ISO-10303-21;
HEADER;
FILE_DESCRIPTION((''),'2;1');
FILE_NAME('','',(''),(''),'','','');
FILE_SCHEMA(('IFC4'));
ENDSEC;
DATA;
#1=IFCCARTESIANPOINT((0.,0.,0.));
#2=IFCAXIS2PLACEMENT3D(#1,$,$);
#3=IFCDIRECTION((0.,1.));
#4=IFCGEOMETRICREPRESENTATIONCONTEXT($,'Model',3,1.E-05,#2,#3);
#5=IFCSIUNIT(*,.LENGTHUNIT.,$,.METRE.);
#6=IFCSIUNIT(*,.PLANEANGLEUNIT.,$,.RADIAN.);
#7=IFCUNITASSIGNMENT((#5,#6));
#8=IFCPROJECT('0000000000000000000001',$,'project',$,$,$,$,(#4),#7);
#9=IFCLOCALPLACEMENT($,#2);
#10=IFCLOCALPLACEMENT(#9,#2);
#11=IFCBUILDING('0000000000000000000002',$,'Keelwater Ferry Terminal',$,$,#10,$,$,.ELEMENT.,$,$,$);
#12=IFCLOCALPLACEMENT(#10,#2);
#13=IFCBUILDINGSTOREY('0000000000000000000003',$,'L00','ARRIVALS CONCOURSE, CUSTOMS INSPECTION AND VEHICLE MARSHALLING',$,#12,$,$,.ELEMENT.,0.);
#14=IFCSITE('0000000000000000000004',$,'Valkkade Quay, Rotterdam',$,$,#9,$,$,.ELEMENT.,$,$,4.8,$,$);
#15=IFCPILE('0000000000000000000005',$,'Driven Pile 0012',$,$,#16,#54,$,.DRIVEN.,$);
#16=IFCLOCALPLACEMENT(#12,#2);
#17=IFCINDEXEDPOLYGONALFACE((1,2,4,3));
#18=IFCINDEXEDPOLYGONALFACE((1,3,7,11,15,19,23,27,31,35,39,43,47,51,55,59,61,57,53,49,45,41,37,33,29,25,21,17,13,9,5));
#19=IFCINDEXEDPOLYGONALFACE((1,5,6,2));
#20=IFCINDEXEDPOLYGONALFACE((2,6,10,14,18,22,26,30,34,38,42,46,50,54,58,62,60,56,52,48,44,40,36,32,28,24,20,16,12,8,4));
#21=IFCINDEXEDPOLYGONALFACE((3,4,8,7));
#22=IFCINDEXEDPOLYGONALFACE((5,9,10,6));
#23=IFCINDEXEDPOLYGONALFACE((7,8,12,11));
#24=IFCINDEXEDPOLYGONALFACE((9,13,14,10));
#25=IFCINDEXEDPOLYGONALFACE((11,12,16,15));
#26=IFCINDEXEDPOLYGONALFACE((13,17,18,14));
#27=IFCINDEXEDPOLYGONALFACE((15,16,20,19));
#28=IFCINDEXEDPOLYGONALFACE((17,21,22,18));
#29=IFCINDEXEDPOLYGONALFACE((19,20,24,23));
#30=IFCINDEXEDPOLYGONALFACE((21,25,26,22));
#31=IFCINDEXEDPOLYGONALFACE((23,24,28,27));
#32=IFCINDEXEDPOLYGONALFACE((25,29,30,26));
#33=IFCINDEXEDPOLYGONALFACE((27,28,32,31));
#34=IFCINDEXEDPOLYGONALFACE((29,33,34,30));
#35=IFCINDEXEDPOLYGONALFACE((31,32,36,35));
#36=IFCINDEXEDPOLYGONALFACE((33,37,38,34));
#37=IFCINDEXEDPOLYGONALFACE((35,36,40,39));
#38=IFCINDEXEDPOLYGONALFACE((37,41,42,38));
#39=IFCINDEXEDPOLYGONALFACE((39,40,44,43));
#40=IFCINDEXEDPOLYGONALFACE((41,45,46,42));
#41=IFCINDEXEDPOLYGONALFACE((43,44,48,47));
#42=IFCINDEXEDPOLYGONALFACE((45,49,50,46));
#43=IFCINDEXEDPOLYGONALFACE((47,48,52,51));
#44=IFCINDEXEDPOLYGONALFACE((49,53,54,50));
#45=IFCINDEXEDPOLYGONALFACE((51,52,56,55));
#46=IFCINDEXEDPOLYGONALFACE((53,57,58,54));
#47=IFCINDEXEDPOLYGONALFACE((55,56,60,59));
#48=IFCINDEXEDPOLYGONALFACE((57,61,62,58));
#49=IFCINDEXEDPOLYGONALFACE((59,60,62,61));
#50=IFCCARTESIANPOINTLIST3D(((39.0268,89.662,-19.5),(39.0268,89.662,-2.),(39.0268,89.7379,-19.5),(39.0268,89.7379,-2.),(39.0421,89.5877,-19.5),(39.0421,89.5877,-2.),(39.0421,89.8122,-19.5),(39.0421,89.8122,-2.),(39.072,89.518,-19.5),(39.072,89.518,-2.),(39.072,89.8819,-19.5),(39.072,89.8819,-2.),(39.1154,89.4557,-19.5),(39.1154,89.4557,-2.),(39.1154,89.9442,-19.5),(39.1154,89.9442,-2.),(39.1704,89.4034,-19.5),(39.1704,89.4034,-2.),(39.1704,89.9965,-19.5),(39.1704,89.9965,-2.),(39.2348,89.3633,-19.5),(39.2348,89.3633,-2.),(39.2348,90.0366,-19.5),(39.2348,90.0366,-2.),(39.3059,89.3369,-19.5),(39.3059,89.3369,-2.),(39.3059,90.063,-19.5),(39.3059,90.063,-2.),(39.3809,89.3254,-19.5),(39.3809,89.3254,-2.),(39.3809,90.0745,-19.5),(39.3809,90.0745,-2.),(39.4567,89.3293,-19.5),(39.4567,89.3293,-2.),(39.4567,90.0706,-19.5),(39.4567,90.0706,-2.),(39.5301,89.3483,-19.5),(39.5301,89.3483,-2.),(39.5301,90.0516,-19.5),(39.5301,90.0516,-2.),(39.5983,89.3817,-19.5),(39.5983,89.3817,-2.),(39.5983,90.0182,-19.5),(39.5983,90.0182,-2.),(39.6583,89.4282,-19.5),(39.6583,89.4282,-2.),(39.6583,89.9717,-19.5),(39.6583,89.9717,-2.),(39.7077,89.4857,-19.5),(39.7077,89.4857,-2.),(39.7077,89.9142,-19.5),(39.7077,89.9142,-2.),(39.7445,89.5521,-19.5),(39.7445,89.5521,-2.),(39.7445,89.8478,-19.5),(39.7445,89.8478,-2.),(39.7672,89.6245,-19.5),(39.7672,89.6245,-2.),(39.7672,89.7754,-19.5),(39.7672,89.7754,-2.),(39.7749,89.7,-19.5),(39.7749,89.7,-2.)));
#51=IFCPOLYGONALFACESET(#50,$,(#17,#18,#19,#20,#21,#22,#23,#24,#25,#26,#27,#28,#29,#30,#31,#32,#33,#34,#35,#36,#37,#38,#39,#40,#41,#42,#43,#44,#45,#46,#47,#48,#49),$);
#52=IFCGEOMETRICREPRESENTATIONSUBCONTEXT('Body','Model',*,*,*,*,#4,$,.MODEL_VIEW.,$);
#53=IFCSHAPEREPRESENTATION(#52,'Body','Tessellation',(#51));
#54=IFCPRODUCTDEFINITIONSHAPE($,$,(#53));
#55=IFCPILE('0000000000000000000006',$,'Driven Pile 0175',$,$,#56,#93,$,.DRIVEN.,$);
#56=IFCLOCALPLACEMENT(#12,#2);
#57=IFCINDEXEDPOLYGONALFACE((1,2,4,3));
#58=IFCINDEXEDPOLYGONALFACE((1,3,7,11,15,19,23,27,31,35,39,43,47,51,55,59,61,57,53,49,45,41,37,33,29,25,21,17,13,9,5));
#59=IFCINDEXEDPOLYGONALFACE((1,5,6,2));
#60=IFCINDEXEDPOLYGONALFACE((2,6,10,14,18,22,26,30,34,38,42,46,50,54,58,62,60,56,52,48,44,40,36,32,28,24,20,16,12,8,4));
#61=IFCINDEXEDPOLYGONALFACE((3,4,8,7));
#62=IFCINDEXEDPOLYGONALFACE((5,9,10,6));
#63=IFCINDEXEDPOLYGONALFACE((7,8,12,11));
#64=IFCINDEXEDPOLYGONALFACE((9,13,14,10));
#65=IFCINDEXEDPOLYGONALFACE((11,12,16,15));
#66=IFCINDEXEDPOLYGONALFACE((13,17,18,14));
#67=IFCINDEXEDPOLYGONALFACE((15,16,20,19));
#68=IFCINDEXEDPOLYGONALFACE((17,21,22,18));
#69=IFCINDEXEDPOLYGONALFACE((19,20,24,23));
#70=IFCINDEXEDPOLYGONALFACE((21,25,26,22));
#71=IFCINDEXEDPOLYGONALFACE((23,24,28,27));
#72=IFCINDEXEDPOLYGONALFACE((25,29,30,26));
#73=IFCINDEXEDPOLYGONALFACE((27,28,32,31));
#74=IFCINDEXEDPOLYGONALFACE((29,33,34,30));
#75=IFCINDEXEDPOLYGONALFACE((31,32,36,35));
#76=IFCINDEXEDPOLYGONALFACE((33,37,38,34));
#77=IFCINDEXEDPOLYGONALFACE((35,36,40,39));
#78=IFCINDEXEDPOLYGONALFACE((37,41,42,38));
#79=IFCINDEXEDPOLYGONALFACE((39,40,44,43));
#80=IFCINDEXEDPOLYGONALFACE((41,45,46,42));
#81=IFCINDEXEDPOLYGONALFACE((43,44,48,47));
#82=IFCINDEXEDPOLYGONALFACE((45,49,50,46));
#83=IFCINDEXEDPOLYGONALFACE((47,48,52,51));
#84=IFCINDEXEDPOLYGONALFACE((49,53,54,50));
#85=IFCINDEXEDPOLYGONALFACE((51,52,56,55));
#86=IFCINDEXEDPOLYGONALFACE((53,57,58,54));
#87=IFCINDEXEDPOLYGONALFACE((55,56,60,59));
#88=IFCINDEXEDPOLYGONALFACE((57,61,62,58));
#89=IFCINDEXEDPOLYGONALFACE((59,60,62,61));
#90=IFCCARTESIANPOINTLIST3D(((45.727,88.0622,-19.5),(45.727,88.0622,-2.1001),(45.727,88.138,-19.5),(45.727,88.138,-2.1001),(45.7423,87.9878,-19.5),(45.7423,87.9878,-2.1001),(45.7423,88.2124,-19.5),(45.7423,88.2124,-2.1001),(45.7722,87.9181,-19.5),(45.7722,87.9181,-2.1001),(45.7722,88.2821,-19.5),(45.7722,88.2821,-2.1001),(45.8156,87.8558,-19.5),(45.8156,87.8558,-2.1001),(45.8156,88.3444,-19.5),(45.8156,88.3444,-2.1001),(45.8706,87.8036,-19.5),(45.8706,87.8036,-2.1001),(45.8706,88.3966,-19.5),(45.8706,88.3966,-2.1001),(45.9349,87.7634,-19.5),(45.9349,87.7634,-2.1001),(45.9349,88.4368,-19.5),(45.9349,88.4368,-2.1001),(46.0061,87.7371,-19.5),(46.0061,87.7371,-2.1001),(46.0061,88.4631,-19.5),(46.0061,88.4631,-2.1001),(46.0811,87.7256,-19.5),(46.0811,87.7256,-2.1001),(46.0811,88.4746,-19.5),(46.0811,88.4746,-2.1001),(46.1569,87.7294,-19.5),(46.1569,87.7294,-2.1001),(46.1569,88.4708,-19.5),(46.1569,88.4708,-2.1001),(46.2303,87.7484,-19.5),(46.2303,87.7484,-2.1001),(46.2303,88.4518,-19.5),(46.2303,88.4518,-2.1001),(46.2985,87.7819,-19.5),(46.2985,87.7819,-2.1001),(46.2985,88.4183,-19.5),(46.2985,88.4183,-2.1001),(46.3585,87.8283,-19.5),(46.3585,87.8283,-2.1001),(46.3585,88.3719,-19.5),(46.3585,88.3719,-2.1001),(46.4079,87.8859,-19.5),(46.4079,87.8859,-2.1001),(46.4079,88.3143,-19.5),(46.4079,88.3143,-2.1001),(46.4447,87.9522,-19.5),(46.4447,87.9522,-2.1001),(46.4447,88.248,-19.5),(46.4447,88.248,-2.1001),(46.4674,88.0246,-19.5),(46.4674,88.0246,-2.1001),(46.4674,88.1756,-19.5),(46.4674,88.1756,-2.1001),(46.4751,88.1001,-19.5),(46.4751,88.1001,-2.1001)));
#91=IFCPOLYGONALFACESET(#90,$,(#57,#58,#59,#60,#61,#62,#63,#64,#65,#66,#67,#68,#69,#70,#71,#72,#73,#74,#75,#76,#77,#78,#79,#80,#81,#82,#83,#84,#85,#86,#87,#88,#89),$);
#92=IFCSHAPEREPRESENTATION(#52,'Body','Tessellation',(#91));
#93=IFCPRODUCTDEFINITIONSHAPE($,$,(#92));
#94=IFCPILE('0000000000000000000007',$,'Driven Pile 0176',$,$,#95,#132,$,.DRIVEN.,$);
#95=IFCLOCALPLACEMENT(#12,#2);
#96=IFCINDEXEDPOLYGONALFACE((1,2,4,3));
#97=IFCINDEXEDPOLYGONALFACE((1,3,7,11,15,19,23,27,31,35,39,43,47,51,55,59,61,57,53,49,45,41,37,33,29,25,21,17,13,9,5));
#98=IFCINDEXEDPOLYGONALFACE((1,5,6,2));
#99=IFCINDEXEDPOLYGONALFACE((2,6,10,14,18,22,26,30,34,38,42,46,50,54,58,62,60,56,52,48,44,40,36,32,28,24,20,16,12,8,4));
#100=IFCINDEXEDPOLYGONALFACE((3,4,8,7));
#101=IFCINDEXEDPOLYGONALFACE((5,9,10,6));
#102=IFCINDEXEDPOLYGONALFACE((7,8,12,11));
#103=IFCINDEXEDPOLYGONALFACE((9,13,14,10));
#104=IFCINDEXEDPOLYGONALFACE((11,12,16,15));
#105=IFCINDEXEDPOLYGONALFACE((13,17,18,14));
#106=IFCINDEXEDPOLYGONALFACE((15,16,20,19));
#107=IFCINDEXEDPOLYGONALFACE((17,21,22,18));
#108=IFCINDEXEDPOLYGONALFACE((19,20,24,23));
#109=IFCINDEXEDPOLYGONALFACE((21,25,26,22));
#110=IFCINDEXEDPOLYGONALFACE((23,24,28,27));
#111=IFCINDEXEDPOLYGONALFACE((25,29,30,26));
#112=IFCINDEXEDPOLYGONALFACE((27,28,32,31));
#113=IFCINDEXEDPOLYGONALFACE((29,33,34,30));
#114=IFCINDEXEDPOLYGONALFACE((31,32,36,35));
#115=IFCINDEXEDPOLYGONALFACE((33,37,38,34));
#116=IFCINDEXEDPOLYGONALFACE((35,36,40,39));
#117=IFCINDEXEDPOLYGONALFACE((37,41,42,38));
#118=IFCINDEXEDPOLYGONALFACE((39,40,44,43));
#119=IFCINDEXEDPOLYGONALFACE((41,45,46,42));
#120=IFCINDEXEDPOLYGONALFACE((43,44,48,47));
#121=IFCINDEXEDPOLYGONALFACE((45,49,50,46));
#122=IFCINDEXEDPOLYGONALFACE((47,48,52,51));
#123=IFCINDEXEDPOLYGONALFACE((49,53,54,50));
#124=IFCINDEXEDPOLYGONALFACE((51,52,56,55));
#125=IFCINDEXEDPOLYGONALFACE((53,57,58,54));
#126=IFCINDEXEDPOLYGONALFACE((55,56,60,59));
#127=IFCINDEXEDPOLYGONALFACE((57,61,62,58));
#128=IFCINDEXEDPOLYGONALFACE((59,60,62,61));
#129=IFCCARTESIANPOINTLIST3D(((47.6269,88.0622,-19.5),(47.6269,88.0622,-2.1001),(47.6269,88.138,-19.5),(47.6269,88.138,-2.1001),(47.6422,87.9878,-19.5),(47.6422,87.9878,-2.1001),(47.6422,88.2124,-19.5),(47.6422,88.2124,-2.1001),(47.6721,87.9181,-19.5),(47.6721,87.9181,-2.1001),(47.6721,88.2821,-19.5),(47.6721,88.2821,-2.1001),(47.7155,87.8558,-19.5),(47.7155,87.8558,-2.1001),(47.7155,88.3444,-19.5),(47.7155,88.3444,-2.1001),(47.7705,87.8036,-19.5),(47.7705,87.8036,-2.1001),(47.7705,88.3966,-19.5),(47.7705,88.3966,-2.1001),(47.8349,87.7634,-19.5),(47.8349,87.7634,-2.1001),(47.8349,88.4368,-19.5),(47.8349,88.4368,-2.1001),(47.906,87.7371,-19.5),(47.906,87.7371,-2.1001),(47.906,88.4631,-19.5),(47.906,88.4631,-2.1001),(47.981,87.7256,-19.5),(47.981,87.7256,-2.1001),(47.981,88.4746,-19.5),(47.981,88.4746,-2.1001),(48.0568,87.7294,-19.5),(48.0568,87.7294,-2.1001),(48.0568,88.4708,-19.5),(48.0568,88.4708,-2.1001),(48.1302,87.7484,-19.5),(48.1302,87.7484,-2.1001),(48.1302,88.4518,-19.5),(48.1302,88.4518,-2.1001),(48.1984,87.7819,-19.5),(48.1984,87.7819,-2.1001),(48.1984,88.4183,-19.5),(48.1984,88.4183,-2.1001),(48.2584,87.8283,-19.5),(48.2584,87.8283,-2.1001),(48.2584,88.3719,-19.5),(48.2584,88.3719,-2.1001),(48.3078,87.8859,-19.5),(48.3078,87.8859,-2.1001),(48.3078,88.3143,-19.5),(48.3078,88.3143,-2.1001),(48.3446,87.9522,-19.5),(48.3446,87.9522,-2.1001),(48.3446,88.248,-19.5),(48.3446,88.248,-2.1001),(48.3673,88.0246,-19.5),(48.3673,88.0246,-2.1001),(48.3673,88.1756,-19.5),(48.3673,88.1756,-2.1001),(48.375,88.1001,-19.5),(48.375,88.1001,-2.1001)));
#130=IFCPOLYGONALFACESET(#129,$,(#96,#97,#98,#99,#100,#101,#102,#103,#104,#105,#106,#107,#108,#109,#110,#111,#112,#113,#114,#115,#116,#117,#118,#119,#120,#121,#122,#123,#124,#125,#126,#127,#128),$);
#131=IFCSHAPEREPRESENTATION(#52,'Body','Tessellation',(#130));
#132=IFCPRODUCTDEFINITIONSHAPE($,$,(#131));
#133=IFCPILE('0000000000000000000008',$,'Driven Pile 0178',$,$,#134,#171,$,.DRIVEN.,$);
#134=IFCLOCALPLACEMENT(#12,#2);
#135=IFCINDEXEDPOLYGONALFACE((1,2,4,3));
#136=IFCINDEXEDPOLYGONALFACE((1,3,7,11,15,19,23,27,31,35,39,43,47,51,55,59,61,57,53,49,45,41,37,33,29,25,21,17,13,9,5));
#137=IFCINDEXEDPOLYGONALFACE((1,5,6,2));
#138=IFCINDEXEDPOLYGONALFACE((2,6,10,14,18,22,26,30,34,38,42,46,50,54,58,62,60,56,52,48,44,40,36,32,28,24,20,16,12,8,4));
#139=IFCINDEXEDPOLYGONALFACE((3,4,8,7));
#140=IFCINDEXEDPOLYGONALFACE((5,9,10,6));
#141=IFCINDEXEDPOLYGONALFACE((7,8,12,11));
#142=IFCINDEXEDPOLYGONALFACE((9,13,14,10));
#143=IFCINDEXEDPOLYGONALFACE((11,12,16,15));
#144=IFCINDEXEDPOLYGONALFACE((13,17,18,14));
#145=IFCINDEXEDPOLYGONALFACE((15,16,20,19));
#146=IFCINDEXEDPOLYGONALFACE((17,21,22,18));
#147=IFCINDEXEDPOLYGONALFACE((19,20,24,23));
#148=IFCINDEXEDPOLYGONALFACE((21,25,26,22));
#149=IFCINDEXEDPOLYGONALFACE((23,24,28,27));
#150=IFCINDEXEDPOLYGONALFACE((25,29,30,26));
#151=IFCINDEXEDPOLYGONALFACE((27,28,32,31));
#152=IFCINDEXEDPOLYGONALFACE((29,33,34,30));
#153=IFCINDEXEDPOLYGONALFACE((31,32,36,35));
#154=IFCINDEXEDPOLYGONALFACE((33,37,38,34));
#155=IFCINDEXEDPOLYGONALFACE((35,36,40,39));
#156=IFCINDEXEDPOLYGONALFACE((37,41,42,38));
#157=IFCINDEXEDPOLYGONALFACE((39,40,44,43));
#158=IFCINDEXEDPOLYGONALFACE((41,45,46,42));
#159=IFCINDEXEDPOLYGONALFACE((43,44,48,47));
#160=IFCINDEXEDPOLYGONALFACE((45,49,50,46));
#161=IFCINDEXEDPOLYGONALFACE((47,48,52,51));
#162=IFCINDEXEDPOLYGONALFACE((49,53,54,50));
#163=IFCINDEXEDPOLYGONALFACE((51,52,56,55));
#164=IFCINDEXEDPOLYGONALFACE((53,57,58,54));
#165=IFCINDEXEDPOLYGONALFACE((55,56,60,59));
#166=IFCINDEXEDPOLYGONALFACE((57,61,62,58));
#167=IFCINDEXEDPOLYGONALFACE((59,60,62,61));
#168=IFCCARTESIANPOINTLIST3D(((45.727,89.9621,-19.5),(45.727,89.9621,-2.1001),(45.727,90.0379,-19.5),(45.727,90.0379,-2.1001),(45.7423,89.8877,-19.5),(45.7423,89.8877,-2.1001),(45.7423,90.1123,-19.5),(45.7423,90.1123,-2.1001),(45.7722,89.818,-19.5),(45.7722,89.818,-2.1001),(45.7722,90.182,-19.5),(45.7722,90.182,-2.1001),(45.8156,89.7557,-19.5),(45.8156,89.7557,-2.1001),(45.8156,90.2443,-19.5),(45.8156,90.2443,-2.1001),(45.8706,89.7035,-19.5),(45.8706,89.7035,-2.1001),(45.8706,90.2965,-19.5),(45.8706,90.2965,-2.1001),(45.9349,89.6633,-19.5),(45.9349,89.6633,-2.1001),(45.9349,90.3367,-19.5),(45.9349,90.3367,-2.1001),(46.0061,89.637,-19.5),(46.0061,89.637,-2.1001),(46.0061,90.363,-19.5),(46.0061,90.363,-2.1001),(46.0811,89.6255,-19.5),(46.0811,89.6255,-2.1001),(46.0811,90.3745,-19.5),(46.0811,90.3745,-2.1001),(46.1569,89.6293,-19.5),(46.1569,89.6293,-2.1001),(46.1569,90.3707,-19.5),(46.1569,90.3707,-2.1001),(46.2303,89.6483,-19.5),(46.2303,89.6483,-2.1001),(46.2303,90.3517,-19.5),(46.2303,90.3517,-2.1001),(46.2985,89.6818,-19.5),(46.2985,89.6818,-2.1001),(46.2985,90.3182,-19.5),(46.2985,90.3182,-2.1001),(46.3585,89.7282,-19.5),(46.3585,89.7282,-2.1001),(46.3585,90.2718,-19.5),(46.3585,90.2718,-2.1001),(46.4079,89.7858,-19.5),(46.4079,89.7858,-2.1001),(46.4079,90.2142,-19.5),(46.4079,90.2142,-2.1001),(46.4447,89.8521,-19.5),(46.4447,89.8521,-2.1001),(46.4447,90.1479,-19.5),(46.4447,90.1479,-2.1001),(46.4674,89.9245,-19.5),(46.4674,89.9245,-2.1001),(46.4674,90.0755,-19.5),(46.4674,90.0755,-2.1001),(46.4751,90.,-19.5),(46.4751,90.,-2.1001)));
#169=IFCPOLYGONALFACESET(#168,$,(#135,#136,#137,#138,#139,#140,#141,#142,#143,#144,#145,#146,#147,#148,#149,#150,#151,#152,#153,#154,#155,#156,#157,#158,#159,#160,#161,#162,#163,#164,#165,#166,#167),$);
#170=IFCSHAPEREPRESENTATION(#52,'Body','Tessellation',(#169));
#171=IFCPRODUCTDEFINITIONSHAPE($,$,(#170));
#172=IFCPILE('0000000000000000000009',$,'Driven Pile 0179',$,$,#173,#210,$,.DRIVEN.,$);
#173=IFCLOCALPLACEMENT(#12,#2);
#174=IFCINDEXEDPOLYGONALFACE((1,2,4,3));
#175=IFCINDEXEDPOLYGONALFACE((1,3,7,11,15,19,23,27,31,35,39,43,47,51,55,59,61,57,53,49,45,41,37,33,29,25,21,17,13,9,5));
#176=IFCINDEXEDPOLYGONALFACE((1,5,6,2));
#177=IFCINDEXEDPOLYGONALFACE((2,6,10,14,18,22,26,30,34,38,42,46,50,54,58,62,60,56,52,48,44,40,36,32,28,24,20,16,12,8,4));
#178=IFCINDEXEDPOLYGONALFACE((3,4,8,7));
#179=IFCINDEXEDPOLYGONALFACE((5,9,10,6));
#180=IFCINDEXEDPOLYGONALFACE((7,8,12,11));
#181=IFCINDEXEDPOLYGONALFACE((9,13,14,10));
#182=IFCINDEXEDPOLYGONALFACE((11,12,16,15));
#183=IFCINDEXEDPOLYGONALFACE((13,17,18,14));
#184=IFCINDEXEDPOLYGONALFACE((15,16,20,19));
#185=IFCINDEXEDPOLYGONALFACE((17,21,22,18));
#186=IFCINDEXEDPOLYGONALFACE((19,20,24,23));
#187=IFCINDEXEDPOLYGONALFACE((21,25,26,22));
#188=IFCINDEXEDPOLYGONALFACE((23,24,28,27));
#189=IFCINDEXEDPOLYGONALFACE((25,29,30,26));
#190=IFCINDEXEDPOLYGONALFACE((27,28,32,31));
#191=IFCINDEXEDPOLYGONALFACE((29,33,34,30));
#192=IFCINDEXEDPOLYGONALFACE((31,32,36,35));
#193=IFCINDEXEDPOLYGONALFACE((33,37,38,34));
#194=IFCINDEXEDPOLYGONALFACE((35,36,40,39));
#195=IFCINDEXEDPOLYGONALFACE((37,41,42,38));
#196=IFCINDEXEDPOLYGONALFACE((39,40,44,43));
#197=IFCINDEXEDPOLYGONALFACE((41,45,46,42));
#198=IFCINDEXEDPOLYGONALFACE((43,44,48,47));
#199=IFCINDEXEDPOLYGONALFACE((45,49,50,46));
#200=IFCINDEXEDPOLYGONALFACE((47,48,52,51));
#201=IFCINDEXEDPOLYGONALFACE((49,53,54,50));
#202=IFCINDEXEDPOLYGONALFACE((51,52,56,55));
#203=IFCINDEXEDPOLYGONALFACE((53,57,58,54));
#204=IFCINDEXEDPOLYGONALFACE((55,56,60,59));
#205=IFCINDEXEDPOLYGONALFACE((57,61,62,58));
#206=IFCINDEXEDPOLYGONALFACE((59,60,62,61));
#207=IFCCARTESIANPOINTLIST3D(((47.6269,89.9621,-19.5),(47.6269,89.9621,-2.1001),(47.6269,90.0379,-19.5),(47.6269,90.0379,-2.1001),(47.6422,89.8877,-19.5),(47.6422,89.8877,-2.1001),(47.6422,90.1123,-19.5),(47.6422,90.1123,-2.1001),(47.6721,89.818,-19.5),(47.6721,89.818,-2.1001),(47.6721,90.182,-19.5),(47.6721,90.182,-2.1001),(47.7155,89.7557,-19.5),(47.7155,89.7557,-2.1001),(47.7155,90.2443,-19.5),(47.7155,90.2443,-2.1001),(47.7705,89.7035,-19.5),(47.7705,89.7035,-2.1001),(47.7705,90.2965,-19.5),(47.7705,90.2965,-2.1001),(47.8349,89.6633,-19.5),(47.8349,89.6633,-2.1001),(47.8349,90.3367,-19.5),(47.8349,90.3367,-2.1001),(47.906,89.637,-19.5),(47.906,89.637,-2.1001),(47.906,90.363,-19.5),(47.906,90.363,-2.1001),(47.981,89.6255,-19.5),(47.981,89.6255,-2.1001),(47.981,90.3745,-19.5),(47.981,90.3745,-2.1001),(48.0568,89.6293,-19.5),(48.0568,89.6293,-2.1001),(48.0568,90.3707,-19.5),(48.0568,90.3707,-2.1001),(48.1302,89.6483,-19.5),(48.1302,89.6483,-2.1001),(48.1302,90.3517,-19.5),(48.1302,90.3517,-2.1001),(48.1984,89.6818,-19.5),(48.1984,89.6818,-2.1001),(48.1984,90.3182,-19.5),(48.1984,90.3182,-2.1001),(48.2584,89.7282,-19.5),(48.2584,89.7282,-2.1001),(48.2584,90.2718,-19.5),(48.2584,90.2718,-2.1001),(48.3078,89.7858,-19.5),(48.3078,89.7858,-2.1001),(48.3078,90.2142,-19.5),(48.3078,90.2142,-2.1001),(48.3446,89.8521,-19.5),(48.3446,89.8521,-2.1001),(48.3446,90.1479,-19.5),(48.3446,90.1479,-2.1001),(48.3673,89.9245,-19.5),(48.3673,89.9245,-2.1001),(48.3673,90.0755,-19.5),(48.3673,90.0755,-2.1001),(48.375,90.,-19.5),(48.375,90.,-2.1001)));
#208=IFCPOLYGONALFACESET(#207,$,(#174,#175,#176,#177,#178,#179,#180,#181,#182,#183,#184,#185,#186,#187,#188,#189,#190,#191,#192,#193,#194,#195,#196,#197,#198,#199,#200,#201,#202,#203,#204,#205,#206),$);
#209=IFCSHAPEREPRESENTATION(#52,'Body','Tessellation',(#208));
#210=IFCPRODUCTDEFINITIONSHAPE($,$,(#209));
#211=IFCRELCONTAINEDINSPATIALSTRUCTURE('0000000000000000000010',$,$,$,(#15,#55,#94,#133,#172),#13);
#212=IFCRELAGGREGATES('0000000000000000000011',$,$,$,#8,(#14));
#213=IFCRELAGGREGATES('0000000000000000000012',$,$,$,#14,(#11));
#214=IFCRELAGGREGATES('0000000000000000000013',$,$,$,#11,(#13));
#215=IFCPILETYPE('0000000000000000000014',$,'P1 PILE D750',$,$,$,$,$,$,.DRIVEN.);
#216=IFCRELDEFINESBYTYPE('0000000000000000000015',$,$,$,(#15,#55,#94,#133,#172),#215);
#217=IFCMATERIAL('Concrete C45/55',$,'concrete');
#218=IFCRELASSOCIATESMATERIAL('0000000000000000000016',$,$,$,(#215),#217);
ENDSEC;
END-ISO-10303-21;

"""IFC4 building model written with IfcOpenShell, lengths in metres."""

from ifc_helpers import new_model, si_unit, direction, frame, origin, origin_2d, place, context, subcontext, project, spatial, circle, extrude, material, material_profile, profile_set, type_object, element, save


model = new_model("IFC4")

# Units and contexts
model_context = context("Model", 3, precision=1e-05, world=origin(), true_north=direction((0.0, 1.0)))
body_context = subcontext(model_context, "Body", "Model", "MODEL_VIEW")
ifc_project = project(units=[si_unit("LENGTHUNIT", "METRE"), si_unit("PLANEANGLEUNIT", "RADIAN")], contexts=[model_context])

# Site, building, storey
site_placement = place(None, origin())
site = spatial("IfcSite", under=ifc_project, at=site_placement, Name="Valkkade Quay, Rotterdam", CompositionType="ELEMENT", RefElevation=4.8)
building_placement = place(site_placement, origin())
building = spatial("IfcBuilding", under=site, at=building_placement, Name="Keelwater Ferry Terminal", CompositionType="ELEMENT")
storey_placement = place(building_placement, origin())
storey = spatial("IfcBuildingStorey", under=building, at=storey_placement, Name="L00", Description="ARRIVALS CONCOURSE, CUSTOMS INSPECTION AND VEHICLE MARSHALLING", CompositionType="ELEMENT", Elevation=0.0)

# Piles
ifc_material_1 = material(Name="Concrete C45/55", Category="concrete")
ifc_material_profile_1 = material_profile(ifc_material_1, circle(Radius=0.375, at=origin_2d()), Name="PILE D750")
ifc_profile_set_1 = profile_set([ifc_material_profile_1], Name="Concrete C45/55")
pile_type = type_object("IfcPileType", Name="P1 PILE D750", PredefinedType="DRIVEN", material=ifc_profile_set_1)
for number, where, z_axis, x_axis, name in (
    (1, (39.3999, 89.7, -2.0), (0.0, 0.0, -1.0), (1.0, 0.0, 0.0), "Driven Pile 0012"),
):
    element("IfcPile", number, at=place(storey_placement, frame(where, z_axis=z_axis, x_axis=x_axis)), inside=storey, type_object=pile_type, Name=name, PredefinedType="DRIVEN", context=body_context, shape_type="SweptSolid", body=[
        extrude(circle(Radius=0.375, at=origin_2d()), origin(), (0.0, 0.0, 1.0), 17.5),
    ])
for number, where, z_axis, x_axis, name in (
    (2, (46.1001, 88.1001, -2.1001), (0.0, 0.0, -1.0), (1.0, 0.0, 0.0), "Driven Pile 0175"),
    (3, (48.0, 88.1001, -2.1001), (0.0, 0.0, -1.0), (1.0, 0.0, 0.0), "Driven Pile 0176"),
    (4, (46.1001, 90.0, -2.1001), (0.0, 0.0, -1.0), (1.0, 0.0, 0.0), "Driven Pile 0178"),
    (5, (48.0, 90.0, -2.1001), (0.0, 0.0, -1.0), (1.0, 0.0, 0.0), "Driven Pile 0179"),
):
    element("IfcPile", number, at=place(storey_placement, frame(where, z_axis=z_axis, x_axis=x_axis)), inside=storey, type_object=pile_type, Name=name, PredefinedType="DRIVEN", context=body_context, shape_type="SweptSolid", body=[
        extrude(circle(Radius=0.375, at=origin_2d()), origin(), (0.0, 0.0, 1.0), 17.3999),
    ])

save(model, "model.ifc")
